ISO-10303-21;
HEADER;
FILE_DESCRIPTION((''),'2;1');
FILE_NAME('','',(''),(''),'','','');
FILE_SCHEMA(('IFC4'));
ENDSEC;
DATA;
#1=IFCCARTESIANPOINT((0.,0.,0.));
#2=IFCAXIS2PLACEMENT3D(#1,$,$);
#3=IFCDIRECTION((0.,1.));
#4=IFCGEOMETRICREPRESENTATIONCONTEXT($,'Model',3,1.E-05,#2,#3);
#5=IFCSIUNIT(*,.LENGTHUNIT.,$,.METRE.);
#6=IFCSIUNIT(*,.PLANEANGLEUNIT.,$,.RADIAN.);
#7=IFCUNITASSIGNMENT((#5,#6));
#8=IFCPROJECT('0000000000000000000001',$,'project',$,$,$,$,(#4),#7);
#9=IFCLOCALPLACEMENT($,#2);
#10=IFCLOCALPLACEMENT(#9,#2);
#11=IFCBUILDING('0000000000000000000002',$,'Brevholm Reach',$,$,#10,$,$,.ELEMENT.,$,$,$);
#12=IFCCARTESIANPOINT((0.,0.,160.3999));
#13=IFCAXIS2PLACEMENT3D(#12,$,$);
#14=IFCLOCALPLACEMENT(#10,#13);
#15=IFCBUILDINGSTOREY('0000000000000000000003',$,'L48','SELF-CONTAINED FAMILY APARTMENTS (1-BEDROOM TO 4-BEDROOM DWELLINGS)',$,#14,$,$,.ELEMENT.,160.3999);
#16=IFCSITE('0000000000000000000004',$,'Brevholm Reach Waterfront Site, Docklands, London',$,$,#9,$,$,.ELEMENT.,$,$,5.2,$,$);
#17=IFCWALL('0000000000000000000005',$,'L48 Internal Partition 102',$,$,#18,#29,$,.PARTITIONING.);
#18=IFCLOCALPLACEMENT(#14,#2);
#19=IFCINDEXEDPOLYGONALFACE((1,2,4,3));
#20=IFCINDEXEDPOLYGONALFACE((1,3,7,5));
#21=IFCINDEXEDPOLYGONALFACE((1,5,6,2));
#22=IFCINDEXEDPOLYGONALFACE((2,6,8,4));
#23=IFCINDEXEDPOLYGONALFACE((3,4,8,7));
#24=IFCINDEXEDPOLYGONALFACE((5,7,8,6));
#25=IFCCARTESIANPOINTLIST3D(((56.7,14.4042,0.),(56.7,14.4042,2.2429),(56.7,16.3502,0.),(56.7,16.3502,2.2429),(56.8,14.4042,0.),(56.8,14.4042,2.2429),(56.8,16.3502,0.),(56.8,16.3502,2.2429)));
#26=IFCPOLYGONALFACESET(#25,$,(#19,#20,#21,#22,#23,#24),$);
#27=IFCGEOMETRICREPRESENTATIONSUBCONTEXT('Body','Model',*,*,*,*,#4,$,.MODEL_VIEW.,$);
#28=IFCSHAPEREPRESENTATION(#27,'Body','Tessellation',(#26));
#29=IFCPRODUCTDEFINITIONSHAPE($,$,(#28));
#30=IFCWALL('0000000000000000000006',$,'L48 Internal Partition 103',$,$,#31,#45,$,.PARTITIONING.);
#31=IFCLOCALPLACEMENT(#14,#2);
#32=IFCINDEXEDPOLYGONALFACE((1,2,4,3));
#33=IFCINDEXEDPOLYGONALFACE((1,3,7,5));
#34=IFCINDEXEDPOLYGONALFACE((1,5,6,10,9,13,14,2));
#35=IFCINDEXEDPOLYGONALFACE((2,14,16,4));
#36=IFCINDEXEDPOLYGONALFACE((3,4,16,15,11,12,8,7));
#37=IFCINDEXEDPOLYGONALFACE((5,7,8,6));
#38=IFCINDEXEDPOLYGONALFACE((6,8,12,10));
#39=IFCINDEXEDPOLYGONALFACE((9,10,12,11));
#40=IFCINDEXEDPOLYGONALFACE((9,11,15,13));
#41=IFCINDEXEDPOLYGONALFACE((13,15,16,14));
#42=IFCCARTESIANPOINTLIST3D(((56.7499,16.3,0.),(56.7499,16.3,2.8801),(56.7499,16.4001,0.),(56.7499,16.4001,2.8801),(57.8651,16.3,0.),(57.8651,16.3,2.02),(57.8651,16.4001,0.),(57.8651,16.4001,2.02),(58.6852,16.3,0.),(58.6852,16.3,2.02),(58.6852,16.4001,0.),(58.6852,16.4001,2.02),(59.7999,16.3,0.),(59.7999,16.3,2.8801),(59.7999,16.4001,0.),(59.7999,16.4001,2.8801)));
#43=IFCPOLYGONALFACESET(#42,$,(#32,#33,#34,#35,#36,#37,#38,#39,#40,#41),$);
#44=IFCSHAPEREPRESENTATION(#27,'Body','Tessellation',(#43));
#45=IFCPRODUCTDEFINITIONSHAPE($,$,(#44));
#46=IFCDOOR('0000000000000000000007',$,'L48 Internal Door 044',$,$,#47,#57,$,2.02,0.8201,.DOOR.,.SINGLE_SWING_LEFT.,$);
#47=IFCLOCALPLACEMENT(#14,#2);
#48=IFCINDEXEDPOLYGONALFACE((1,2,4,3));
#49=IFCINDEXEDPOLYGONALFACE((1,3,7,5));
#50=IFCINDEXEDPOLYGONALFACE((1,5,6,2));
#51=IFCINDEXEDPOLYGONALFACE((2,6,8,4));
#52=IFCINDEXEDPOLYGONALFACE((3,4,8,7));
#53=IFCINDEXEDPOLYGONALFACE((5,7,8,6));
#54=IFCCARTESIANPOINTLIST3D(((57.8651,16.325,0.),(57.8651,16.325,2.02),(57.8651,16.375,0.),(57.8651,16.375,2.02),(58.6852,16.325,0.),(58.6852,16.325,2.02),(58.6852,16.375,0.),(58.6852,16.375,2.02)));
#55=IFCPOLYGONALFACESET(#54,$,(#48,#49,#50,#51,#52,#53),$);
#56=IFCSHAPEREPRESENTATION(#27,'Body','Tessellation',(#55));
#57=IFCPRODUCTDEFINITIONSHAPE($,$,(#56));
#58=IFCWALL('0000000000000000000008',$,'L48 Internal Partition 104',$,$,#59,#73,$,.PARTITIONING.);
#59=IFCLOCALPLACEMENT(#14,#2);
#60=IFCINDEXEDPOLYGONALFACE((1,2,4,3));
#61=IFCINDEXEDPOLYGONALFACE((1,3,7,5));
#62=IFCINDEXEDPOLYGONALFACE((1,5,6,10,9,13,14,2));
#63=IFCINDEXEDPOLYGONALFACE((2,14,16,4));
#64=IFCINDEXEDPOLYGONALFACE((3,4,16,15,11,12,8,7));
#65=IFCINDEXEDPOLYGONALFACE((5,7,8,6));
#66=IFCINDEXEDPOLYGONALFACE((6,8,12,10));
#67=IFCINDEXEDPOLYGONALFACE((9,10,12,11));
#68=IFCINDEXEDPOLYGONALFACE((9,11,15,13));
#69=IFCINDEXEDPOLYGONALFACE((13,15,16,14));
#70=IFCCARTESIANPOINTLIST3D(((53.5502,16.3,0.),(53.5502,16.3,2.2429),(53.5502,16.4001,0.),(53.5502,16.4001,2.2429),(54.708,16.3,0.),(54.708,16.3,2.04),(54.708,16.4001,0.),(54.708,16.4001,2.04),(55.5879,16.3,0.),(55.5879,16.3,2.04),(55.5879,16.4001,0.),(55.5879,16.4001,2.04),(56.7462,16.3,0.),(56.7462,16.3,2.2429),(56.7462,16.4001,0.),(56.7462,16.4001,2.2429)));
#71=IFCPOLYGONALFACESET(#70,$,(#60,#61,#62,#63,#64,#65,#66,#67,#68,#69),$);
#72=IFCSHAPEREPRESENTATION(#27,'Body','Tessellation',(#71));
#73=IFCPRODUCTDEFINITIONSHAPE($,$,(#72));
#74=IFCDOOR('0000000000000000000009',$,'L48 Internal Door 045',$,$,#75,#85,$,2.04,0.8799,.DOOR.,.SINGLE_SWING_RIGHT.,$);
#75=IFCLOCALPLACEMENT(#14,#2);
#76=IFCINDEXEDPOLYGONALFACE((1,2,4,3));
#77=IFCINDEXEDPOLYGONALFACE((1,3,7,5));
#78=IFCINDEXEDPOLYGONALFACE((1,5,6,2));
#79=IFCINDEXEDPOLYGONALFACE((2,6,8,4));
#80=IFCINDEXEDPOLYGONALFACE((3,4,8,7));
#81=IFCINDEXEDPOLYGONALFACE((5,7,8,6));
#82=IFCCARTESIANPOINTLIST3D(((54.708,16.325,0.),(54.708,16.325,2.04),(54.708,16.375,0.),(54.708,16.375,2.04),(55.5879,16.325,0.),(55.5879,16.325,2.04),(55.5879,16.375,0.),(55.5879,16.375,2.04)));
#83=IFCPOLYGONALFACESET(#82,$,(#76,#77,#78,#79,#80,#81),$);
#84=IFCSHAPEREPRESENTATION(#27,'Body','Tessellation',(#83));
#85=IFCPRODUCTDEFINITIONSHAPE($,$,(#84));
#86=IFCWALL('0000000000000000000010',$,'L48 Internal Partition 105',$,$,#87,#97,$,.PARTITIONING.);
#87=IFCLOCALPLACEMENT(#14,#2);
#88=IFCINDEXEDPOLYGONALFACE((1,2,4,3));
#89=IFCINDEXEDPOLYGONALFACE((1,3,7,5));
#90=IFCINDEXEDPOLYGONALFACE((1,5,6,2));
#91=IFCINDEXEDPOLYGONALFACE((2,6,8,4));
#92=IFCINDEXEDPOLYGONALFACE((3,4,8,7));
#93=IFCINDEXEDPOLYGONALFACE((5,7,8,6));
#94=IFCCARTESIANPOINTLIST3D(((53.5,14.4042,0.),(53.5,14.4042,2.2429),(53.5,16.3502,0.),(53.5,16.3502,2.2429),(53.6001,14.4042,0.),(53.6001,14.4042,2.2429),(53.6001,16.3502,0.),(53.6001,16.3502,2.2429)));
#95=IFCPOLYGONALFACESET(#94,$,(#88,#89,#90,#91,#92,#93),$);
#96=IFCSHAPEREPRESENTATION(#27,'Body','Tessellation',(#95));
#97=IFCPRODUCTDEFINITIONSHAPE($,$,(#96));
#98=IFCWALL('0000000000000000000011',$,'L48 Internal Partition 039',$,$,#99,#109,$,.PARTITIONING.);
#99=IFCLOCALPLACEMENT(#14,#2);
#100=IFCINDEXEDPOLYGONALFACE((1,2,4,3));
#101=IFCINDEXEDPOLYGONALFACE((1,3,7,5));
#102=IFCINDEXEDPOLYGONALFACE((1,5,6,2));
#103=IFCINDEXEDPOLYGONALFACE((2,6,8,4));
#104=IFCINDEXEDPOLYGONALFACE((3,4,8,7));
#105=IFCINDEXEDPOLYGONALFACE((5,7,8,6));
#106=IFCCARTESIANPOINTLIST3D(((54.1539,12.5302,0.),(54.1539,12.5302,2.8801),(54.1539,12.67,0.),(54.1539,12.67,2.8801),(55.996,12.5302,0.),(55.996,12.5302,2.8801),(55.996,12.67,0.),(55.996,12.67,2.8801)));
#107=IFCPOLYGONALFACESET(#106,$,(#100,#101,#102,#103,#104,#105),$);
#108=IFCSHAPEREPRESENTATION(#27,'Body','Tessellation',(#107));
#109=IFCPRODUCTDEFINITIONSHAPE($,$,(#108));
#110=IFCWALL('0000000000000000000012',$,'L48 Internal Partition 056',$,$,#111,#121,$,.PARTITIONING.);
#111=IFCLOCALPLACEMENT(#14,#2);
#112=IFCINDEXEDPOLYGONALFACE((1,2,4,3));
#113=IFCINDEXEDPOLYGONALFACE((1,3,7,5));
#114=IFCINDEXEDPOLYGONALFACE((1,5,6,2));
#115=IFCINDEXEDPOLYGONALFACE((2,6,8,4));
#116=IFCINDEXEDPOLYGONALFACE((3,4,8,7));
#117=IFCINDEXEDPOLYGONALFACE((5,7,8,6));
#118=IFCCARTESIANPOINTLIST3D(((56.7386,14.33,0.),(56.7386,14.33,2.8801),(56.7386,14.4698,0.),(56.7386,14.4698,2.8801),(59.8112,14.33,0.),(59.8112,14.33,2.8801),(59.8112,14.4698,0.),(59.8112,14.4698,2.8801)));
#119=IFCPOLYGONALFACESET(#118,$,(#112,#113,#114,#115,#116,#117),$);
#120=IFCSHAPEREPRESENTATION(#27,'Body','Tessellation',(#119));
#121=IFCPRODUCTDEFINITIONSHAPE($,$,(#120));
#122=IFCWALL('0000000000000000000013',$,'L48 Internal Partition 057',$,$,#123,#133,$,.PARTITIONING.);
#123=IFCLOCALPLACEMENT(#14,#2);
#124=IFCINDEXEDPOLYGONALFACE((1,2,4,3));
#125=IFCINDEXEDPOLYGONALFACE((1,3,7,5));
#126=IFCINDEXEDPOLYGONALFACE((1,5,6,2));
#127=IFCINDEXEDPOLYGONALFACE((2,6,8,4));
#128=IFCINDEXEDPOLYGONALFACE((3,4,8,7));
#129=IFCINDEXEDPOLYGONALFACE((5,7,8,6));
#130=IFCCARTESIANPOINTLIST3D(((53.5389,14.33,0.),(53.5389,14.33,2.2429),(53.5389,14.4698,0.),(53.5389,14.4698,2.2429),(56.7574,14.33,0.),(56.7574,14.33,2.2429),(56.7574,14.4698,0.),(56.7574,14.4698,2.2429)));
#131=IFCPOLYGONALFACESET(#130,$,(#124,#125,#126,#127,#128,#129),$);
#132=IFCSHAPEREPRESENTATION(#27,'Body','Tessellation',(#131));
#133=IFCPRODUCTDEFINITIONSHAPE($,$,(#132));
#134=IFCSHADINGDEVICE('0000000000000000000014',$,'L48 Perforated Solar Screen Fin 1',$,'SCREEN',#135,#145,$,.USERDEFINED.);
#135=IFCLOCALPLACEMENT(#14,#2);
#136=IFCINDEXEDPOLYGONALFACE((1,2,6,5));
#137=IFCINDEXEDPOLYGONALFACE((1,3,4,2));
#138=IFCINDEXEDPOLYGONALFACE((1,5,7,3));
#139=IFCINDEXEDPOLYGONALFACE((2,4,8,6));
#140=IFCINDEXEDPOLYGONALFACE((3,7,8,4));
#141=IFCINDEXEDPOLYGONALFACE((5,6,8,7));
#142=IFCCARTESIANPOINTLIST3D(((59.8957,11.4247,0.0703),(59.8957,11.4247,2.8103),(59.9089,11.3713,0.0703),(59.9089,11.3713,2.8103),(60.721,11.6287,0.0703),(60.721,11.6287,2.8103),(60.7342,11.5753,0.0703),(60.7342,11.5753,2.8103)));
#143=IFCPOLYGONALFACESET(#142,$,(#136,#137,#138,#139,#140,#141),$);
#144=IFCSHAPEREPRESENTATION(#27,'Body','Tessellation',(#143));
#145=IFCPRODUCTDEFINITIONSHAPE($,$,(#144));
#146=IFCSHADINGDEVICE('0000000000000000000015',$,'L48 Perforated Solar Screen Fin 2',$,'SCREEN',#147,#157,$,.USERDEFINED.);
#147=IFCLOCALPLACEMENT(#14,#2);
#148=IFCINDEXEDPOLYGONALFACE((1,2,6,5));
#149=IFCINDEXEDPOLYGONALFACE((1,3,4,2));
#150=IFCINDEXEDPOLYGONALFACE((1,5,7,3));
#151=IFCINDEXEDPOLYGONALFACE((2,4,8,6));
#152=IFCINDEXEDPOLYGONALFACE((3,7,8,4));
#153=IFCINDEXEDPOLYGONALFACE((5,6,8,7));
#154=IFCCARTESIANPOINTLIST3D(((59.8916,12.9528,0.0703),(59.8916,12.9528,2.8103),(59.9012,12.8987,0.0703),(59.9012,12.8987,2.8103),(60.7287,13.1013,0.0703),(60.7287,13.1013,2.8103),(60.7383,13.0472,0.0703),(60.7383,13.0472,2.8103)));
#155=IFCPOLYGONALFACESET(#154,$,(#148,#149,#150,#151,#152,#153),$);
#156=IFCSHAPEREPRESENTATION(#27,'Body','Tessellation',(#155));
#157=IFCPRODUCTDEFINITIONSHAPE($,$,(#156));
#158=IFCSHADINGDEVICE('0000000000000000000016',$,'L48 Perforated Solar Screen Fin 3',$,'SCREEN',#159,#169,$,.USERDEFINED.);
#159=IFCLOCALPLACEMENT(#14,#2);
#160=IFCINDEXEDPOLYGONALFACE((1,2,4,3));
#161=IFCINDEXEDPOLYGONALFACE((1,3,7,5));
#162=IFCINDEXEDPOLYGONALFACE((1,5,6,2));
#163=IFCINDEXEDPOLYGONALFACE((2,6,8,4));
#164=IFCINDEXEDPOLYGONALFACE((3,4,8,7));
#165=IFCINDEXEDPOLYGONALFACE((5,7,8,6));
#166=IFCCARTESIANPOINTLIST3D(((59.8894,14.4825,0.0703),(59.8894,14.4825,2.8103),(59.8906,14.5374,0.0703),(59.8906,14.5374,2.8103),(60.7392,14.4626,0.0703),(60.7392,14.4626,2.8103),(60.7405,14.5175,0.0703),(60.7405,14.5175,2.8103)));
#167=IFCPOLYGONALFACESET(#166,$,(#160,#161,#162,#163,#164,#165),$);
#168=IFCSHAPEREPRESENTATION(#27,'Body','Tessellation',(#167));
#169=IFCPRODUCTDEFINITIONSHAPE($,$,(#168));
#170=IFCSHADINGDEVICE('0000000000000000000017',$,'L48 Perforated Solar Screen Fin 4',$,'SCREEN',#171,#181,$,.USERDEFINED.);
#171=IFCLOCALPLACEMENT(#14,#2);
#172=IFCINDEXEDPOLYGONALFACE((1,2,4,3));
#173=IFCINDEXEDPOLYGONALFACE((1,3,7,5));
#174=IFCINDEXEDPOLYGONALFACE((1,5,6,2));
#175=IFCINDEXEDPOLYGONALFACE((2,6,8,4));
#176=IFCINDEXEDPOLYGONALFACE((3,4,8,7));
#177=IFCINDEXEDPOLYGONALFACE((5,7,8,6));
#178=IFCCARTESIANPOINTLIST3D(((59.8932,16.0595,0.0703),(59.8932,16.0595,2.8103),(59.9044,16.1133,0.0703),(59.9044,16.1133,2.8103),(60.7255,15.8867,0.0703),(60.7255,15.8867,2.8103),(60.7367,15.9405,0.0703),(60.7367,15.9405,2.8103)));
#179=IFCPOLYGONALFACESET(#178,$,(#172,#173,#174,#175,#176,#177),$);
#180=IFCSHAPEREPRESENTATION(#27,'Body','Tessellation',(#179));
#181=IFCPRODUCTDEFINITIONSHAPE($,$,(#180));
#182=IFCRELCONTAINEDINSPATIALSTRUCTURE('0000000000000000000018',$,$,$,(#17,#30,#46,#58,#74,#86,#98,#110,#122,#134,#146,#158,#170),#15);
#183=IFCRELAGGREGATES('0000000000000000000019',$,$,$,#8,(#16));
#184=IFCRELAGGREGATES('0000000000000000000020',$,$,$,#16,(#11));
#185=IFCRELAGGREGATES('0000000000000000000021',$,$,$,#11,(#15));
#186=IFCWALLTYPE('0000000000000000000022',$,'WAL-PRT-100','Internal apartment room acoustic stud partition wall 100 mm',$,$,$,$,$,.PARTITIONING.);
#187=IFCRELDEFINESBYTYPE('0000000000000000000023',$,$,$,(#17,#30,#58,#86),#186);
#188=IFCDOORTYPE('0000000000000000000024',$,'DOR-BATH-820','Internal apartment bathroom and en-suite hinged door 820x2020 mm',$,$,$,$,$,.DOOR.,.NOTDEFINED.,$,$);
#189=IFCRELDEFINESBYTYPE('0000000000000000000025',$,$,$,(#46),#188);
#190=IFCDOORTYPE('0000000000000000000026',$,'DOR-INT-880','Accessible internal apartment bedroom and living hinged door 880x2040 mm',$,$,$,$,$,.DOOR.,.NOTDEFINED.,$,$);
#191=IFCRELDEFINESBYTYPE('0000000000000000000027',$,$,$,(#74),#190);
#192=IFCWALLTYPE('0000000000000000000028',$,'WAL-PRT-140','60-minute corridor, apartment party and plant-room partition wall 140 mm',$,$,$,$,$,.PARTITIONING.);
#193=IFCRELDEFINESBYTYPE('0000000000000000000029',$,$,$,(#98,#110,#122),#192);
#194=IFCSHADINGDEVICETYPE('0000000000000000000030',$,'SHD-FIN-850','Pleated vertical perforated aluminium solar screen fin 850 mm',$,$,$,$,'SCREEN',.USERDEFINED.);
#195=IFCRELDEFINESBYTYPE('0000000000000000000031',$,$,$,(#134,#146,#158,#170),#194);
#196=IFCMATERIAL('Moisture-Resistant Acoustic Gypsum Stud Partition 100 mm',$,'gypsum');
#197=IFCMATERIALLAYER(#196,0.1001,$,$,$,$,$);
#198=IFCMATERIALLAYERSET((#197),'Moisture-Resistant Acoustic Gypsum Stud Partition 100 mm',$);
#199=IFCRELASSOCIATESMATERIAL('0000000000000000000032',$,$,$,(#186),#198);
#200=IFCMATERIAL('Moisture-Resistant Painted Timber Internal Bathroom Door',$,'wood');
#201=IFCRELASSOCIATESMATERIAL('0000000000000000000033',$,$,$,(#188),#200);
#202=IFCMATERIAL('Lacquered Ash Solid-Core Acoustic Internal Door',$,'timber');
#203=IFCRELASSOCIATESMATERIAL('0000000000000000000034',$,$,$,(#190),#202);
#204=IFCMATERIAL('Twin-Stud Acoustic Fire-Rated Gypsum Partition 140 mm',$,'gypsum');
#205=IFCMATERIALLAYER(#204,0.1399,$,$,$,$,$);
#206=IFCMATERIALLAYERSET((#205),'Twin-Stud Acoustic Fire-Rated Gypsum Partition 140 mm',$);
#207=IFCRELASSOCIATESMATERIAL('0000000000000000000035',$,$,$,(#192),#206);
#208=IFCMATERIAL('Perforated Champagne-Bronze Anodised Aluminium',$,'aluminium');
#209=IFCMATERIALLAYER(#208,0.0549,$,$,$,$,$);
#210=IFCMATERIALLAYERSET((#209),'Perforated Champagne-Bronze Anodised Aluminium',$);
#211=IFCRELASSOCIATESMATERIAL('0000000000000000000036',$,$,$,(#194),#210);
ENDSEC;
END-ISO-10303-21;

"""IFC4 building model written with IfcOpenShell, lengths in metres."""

from ifc_helpers import new_model, si_unit, direction, frame, frame_2d, origin, origin_2d, place, context, subcontext, project, spatial, rectangle, extrude, material, layer, layer_set, type_object, element, fill, save


model = new_model("IFC4")

# Units and contexts
model_context = context("Model", 3, precision=1e-05, world=origin(), true_north=direction((0.0, 1.0)))
body_context = subcontext(model_context, "Body", "Model", "MODEL_VIEW")
ifc_project = project(units=[si_unit("LENGTHUNIT", "METRE"), si_unit("PLANEANGLEUNIT", "RADIAN")], contexts=[model_context])

# Site, building, storey
site_placement = place(None, origin())
site = spatial("IfcSite", under=ifc_project, at=site_placement, Name="Brevholm Reach Waterfront Site, Docklands, London", CompositionType="ELEMENT", RefElevation=5.2)
building_placement = place(site_placement, origin())
building = spatial("IfcBuilding", under=site, at=building_placement, Name="Brevholm Reach", CompositionType="ELEMENT")
storey_placement = place(building_placement, frame((0.0, 0.0, 160.3999)))
storey = spatial("IfcBuildingStorey", under=building, at=storey_placement, Name="L48", Description="SELF-CONTAINED FAMILY APARTMENTS (1-BEDROOM TO 4-BEDROOM DWELLINGS)", CompositionType="ELEMENT", Elevation=160.3999)

# Wall
ifc_material_1 = material(Name="Moisture-Resistant Acoustic Gypsum Stud Partition 100 mm", Category="gypsum")
ifc_layer_1 = layer(ifc_material_1, 0.1001)
ifc_layer_set_1 = layer_set([ifc_layer_1], Name="Moisture-Resistant Acoustic Gypsum Stud Partition 100 mm")
wall_type_1 = type_object("IfcWallType", Name="WAL-PRT-100", Description="Internal apartment room acoustic stud partition wall 100 mm", PredefinedType="PARTITIONING", material=ifc_layer_set_1)
wall_1_placement = place(storey_placement, frame((56.75, 14.4041, 0.0), z_axis=(0.0, 0.0, 1.0), x_axis=(0.0, 1.0, 0.0)))
element("IfcWall", 1, at=wall_1_placement, inside=storey, type_object=wall_type_1, Name="L48 Internal Partition 102", PredefinedType="PARTITIONING", context=body_context, shape_type="SweptSolid", body=[
    extrude(rectangle(XDim=1.946, YDim=0.1001, at=frame_2d((0.9731, 0.0))), origin(), (0.0, 0.0, 1.0), 2.2429),
])

# Walls, openings, doors
wall_2_placement = place(storey_placement, frame((56.75, 16.3501, 0.0), z_axis=(0.0, 0.0, 1.0), x_axis=(1.0, 0.0, 0.0)))
wall_2 = element("IfcWall", 2, at=wall_2_placement, inside=storey, type_object=wall_type_1, Name="L48 Internal Partition 103", PredefinedType="PARTITIONING", context=body_context, shape_type="SweptSolid", body=[
    extrude(rectangle(XDim=3.05, YDim=0.1001, at=frame_2d((1.5249, 0.0))), origin(), (0.0, 0.0, 1.0), 2.8801),
])
opening_1_placement = place(wall_2_placement, frame((1.115, 0.0, 0.0)))
opening_1 = element("IfcOpeningElement", 3, at=opening_1_placement, cuts=wall_2, PredefinedType="OPENING", context=body_context, shape_type="SweptSolid", body=[
    extrude(rectangle(XDim=0.8201, YDim=2.02, at=frame_2d((0.4102, 1.01))), frame((0.0, 0.0601, 0.0), z_axis=(0.0, -1.0, 0.0), x_axis=(1.0, 0.0, 0.0)), (0.0, 0.0, 1.0), 0.1201),
])
ifc_material_2 = material(Name="Moisture-Resistant Painted Timber Internal Bathroom Door", Category="wood")
door_type_1 = type_object("IfcDoorType", Name="DOR-BATH-820", Description="Internal apartment bathroom and en-suite hinged door 820x2020 mm", OperationType="NOTDEFINED", PredefinedType="DOOR", material=ifc_material_2)
door_1_placement = place(opening_1_placement, origin())
door_1 = element("IfcDoor", 4, at=door_1_placement, inside=storey, type_object=door_type_1, Name="L48 Internal Door 044", OperationType="SINGLE_SWING_LEFT", OverallHeight=2.02, OverallWidth=0.8201, PredefinedType="DOOR", context=body_context, shape_type="SweptSolid", body=[
    extrude(rectangle(XDim=0.8201, YDim=2.02, at=frame_2d((0.4102, 1.01))), frame((0.0, 0.0249, 0.0), z_axis=(0.0, -1.0, 0.0), x_axis=(1.0, 0.0, 0.0)), (0.0, 0.0, 1.0), 0.05),
])
fill(opening_1, door_1)
wall_3_placement = place(storey_placement, frame((53.55, 16.3501, 0.0), z_axis=(0.0, 0.0, 1.0), x_axis=(1.0, 0.0, 0.0)))
wall_3 = element("IfcWall", 5, at=wall_3_placement, inside=storey, type_object=wall_type_1, Name="L48 Internal Partition 104", PredefinedType="PARTITIONING", context=body_context, shape_type="SweptSolid", body=[
    extrude(rectangle(XDim=3.196, YDim=0.1001, at=frame_2d((1.5981, 0.0))), origin(), (0.0, 0.0, 1.0), 2.2429),
])
opening_2_placement = place(wall_3_placement, frame((1.158, 0.0, 0.0)))
opening_2 = element("IfcOpeningElement", 6, at=opening_2_placement, cuts=wall_3, PredefinedType="OPENING", context=body_context, shape_type="SweptSolid", body=[
    extrude(rectangle(XDim=0.8799, YDim=2.04, at=frame_2d((0.4399, 1.02))), frame((0.0, 0.0601, 0.0), z_axis=(0.0, -1.0, 0.0), x_axis=(1.0, 0.0, 0.0)), (0.0, 0.0, 1.0), 0.1201),
])
ifc_material_3 = material(Name="Lacquered Ash Solid-Core Acoustic Internal Door", Category="timber")
door_type_2 = type_object("IfcDoorType", Name="DOR-INT-880", Description="Accessible internal apartment bedroom and living hinged door 880x2040 mm", OperationType="NOTDEFINED", PredefinedType="DOOR", material=ifc_material_3)
door_2_placement = place(opening_2_placement, origin())
door_2 = element("IfcDoor", 7, at=door_2_placement, inside=storey, type_object=door_type_2, Name="L48 Internal Door 045", OperationType="SINGLE_SWING_RIGHT", OverallHeight=2.04, OverallWidth=0.8799, PredefinedType="DOOR", context=body_context, shape_type="SweptSolid", body=[
    extrude(rectangle(XDim=0.8799, YDim=2.04, at=frame_2d((0.4399, 1.02))), frame((0.0, 0.0249, 0.0), z_axis=(0.0, -1.0, 0.0), x_axis=(1.0, 0.0, 0.0)), (0.0, 0.0, 1.0), 0.05),
])
fill(opening_2, door_2)

# Walls
wall_4_placement = place(storey_placement, frame((53.55, 14.4041, 0.0), z_axis=(0.0, 0.0, 1.0), x_axis=(0.0, 1.0, 0.0)))
element("IfcWall", 8, at=wall_4_placement, inside=storey, type_object=wall_type_1, Name="L48 Internal Partition 105", PredefinedType="PARTITIONING", context=body_context, shape_type="SweptSolid", body=[
    extrude(rectangle(XDim=1.946, YDim=0.1001, at=frame_2d((0.9731, 0.0))), origin(), (0.0, 0.0, 1.0), 2.2429),
])
ifc_material_4 = material(Name="Twin-Stud Acoustic Fire-Rated Gypsum Partition 140 mm", Category="gypsum")
ifc_layer_2 = layer(ifc_material_4, 0.1399)
ifc_layer_set_2 = layer_set([ifc_layer_2], Name="Twin-Stud Acoustic Fire-Rated Gypsum Partition 140 mm")
wall_type_2 = type_object("IfcWallType", Name="WAL-PRT-140", Description="60-minute corridor, apartment party and plant-room partition wall 140 mm", PredefinedType="PARTITIONING", material=ifc_layer_set_2)
wall_5_placement = place(storey_placement, frame((54.1541, 12.6001, 0.0), z_axis=(0.0, 0.0, 1.0), x_axis=(1.0, 0.0, 0.0)))
element("IfcWall", 9, at=wall_5_placement, inside=storey, type_object=wall_type_2, Name="L48 Internal Partition 039", PredefinedType="PARTITIONING", context=body_context, shape_type="SweptSolid", body=[
    extrude(rectangle(XDim=1.842, YDim=0.1399, at=frame_2d((0.9209, 0.0))), origin(), (0.0, 0.0, 1.0), 2.8801),
])
wall_6_placement = place(storey_placement, frame((56.7388, 14.3999, 0.0), z_axis=(0.0, 0.0, 1.0), x_axis=(1.0, 0.0, 0.0)))
element("IfcWall", 10, at=wall_6_placement, inside=storey, type_object=wall_type_2, Name="L48 Internal Partition 056", PredefinedType="PARTITIONING", context=body_context, shape_type="SweptSolid", body=[
    extrude(rectangle(XDim=3.0725, YDim=0.1399, at=frame_2d((1.5361, 0.0))), origin(), (0.0, 0.0, 1.0), 2.8801),
])
wall_7_placement = place(storey_placement, frame((53.5388, 14.3999, 0.0), z_axis=(0.0, 0.0, 1.0), x_axis=(1.0, 0.0, 0.0)))
element("IfcWall", 11, at=wall_7_placement, inside=storey, type_object=wall_type_2, Name="L48 Internal Partition 057", PredefinedType="PARTITIONING", context=body_context, shape_type="SweptSolid", body=[
    extrude(rectangle(XDim=3.2185, YDim=0.1399, at=frame_2d((1.6094, 0.0))), origin(), (0.0, 0.0, 1.0), 2.2429),
])

# Shading devices
ifc_material_5 = material(Name="Perforated Champagne-Bronze Anodised Aluminium", Category="aluminium")
ifc_layer_3 = layer(ifc_material_5, 0.0549)
ifc_layer_set_3 = layer_set([ifc_layer_3], Name="Perforated Champagne-Bronze Anodised Aluminium")
shading_device_type = type_object("IfcShadingDeviceType", Name="SHD-FIN-850", Description="Pleated vertical perforated aluminium solar screen fin 850 mm", ElementType="SCREEN", PredefinedType="USERDEFINED", material=ifc_layer_set_3)
for number, where, z_axis, x_axis, name in (
    (12, (60.3149, 11.5, 0.0703), (0.0, 0.0, 1.0), (0.970784, 0.239957, 0.0), "L48 Perforated Solar Screen Fin 1"),
    (13, (60.3149, 13.0, 0.0703), (0.0, 0.0, 1.0), (0.984619, 0.174714, 0.0), "L48 Perforated Solar Screen Fin 2"),
    (14, (60.3149, 14.5, 0.0703), (0.0, 0.0, 1.0), (0.999728, -0.023333, 0.0), "L48 Perforated Solar Screen Fin 3"),
    (15, (60.3149, 16.0, 0.0703), (0.0, 0.0, 1.0), (0.97912, -0.203283, 0.0), "L48 Perforated Solar Screen Fin 4"),
):
    element("IfcShadingDevice", number, at=place(storey_placement, frame(where, z_axis=z_axis, x_axis=x_axis)), inside=storey, type_object=shading_device_type, Name=name, ObjectType="SCREEN", PredefinedType="USERDEFINED", context=body_context, shape_type="SweptSolid", body=[
        extrude(rectangle(XDim=0.8501, YDim=0.0549, at=origin_2d()), origin(), (0.0, 0.0, 1.0), 2.74),
    ])

save(model, "model.ifc")
